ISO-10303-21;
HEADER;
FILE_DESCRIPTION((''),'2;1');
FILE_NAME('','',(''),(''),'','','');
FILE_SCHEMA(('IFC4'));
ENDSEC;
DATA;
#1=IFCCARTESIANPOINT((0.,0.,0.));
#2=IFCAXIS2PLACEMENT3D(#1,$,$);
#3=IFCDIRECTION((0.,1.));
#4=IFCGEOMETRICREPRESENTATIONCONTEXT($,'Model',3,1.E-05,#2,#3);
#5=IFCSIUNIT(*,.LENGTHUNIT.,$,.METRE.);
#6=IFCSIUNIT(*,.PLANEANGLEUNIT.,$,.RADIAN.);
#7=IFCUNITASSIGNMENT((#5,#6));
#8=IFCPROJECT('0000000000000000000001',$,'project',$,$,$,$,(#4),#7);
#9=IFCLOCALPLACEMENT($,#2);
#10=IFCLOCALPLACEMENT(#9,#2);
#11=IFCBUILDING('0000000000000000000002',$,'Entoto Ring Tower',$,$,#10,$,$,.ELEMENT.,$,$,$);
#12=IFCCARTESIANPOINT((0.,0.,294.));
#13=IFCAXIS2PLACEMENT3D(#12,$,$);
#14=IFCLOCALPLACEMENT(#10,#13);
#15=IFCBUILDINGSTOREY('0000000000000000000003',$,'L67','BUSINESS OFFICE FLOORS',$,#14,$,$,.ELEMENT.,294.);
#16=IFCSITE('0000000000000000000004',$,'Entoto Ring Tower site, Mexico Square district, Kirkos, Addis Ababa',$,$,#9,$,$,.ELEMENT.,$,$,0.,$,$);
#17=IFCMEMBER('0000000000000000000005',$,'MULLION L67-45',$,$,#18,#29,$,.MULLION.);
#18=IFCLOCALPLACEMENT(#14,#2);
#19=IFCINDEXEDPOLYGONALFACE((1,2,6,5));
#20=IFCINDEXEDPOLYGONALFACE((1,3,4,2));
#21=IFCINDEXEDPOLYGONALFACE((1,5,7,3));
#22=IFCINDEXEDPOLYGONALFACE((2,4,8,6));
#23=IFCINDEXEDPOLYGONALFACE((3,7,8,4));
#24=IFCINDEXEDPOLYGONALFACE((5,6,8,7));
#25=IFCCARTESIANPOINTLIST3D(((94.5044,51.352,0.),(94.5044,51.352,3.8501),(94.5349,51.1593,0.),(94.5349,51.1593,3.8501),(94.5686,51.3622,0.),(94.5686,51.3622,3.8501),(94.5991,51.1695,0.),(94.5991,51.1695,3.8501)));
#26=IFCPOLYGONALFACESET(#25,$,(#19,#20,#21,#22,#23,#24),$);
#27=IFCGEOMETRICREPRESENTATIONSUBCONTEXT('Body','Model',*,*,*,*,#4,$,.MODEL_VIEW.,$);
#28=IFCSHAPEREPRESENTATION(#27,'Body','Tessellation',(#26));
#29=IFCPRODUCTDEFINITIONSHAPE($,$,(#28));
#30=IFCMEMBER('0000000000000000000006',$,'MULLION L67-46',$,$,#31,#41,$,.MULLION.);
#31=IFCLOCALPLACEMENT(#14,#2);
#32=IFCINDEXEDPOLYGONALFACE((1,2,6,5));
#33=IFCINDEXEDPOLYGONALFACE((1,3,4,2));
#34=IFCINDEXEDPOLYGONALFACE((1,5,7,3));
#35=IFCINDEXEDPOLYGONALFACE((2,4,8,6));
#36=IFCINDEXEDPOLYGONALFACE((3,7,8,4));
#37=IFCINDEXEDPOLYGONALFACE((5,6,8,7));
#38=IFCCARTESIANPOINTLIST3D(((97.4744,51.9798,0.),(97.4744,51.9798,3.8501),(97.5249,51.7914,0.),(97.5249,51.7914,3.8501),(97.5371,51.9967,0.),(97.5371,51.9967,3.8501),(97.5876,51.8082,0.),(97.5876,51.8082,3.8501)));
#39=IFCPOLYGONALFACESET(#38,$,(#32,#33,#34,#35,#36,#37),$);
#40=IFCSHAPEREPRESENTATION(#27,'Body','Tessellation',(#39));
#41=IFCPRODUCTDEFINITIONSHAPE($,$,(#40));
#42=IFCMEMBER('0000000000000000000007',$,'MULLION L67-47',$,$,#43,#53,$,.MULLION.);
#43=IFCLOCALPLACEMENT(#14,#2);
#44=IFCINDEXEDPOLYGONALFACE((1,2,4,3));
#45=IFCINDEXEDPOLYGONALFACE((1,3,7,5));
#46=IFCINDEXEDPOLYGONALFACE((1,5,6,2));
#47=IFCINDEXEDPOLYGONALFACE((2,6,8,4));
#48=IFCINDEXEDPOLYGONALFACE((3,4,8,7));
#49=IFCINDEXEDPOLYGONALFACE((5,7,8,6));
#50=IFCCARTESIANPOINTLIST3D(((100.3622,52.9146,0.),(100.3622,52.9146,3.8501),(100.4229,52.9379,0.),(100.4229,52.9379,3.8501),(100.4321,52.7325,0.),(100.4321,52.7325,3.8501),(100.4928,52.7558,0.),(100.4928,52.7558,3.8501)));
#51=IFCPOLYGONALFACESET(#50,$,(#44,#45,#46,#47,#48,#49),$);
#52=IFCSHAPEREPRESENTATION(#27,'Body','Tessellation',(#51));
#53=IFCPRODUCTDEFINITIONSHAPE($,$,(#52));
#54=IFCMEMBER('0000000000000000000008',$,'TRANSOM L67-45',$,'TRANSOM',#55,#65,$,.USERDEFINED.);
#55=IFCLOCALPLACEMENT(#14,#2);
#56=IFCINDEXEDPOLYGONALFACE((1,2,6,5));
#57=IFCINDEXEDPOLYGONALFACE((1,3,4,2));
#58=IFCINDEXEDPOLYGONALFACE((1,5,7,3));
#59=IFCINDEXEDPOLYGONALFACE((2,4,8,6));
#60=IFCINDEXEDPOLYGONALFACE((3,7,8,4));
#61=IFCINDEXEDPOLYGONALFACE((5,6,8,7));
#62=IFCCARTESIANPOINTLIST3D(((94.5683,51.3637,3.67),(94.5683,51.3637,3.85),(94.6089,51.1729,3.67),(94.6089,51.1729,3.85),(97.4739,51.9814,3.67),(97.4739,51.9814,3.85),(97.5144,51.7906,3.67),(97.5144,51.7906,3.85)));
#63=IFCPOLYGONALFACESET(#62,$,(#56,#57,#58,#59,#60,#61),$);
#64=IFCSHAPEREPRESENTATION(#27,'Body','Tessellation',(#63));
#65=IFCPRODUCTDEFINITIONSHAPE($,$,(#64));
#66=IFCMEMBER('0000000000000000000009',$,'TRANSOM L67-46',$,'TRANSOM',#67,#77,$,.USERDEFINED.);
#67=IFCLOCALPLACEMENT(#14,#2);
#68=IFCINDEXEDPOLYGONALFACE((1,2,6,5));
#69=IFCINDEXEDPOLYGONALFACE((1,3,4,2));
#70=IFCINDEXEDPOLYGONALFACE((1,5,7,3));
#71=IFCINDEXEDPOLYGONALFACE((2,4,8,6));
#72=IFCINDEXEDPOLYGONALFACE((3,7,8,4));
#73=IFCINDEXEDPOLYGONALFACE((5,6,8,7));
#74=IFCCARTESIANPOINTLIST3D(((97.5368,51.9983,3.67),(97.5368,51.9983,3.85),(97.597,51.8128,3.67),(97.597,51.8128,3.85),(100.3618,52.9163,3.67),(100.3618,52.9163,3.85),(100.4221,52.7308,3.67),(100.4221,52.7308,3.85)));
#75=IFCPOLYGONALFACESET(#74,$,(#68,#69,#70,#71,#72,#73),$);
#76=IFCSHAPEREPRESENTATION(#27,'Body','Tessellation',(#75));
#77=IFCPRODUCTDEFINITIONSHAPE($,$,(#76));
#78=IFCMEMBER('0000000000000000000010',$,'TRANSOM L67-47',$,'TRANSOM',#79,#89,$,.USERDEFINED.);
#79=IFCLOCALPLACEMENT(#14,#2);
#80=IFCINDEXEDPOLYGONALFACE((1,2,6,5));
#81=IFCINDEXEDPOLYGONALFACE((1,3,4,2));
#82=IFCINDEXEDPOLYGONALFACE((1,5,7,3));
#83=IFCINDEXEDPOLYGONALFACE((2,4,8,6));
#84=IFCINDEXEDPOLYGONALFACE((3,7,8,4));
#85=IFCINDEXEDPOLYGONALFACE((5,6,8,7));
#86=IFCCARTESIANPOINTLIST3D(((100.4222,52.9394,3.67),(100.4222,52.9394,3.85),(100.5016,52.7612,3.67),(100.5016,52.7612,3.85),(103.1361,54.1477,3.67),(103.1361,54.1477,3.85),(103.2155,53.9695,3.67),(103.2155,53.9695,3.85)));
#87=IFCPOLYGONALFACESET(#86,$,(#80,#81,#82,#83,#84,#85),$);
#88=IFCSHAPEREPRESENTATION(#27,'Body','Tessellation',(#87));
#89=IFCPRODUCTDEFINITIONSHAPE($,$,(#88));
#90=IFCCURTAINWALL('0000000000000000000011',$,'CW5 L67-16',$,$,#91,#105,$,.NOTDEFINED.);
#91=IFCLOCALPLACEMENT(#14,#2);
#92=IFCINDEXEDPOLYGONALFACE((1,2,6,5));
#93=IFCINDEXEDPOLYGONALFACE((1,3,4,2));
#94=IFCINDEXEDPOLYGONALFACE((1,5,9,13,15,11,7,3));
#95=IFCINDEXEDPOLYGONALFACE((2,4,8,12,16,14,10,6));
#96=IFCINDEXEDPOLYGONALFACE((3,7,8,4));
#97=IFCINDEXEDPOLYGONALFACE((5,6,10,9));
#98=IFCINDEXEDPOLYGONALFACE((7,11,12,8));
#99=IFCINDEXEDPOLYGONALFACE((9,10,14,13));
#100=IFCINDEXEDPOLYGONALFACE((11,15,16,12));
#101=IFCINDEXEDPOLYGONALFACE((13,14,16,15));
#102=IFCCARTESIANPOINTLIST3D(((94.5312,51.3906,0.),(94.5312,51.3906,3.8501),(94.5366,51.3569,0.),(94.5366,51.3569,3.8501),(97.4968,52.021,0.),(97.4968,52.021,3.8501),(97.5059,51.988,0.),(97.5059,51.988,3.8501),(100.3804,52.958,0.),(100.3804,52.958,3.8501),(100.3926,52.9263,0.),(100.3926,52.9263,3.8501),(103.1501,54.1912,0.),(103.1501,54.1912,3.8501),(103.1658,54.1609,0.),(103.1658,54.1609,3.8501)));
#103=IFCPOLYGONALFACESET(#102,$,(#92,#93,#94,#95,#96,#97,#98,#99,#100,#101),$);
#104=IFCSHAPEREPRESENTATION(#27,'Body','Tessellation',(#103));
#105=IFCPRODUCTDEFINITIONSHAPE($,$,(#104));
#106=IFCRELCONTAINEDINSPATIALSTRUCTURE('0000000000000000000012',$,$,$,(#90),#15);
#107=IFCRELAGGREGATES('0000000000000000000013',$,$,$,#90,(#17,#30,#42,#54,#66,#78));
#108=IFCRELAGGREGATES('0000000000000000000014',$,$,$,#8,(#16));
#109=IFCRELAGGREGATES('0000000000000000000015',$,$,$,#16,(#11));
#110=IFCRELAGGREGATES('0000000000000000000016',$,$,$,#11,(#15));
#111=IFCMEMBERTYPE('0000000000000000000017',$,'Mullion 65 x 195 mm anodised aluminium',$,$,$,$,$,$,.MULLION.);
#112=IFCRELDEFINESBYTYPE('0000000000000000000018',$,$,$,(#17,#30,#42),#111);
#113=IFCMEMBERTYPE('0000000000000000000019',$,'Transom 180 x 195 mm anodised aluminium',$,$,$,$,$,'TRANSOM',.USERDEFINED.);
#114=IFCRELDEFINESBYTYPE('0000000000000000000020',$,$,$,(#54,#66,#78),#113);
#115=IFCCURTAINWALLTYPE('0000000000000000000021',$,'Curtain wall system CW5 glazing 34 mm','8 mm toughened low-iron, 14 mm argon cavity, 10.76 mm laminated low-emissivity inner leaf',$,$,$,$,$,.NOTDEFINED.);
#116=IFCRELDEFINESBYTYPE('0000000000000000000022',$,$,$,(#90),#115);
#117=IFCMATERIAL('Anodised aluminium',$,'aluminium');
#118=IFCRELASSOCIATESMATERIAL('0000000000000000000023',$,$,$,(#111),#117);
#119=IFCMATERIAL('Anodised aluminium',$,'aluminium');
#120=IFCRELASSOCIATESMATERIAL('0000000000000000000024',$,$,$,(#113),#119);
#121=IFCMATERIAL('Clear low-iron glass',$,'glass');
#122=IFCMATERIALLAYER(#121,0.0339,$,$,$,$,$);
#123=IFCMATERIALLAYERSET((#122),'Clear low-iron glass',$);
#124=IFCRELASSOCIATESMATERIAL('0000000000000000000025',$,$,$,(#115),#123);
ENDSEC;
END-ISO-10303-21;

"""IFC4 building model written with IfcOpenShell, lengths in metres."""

from ifc_helpers import new_model, si_unit, direction, frame, origin, origin_2d, place, context, subcontext, project, spatial, polyline, rectangle, outline, extrude, material, layer, layer_set, material_profile, profile_set, type_object, element, aggregate, save


model = new_model("IFC4")

# Units and contexts
model_context = context("Model", 3, precision=1e-05, world=origin(), true_north=direction((0.0, 1.0)))
body_context = subcontext(model_context, "Body", "Model", "MODEL_VIEW")
ifc_project = project(units=[si_unit("LENGTHUNIT", "METRE"), si_unit("PLANEANGLEUNIT", "RADIAN")], contexts=[model_context])

# Members
ifc_material_1 = material(Name="Anodised aluminium", Category="aluminium")
ifc_material_profile_1 = material_profile(ifc_material_1, rectangle(XDim=0.0649, YDim=0.1951, at=origin_2d()), Name="Mullion 65 x 195 mm anodised aluminium")
ifc_profile_set_1 = profile_set([ifc_material_profile_1], Name="Anodised aluminium")
member_type_1 = type_object("IfcMemberType", Name="Mullion 65 x 195 mm anodised aluminium", PredefinedType="MULLION", material=ifc_profile_set_1)
site_placement = place(None, origin())
building_placement = place(site_placement, origin())
storey_placement = place(building_placement, frame((0.0, 0.0, 294.0)))
member_1_placement = place(storey_placement, frame((94.5518, 51.2607, 0.0), z_axis=(0.0, 0.0, 1.0), x_axis=(0.987688, 0.156434, 0.0)))
member_1 = element("IfcMember", 1, at=member_1_placement, type_object=member_type_1, Name="MULLION L67-45", PredefinedType="MULLION", context=body_context, shape_type="SweptSolid", body=[
    extrude(rectangle(XDim=0.0649, YDim=0.1951, at=origin_2d()), origin(), (0.0, 0.0, 1.0), 3.8501),
])
member_2_placement = place(storey_placement, frame((97.531, 51.894, 0.0), z_axis=(0.0, 0.0, 1.0), x_axis=(0.965926, 0.258819, 0.0)))
member_2 = element("IfcMember", 2, at=member_2_placement, type_object=member_type_1, Name="MULLION L67-46", PredefinedType="MULLION", context=body_context, shape_type="SweptSolid", body=[
    extrude(rectangle(XDim=0.0649, YDim=0.1951, at=origin_2d()), origin(), (0.0, 0.0, 1.0), 3.8501),
])
member_3_placement = place(storey_placement, frame((100.4275, 52.8352, 0.0), z_axis=(0.0, 0.0, 1.0), x_axis=(0.93358, 0.358368, 0.0)))
member_3 = element("IfcMember", 3, at=member_3_placement, type_object=member_type_1, Name="MULLION L67-47", PredefinedType="MULLION", context=body_context, shape_type="SweptSolid", body=[
    extrude(rectangle(XDim=0.0649, YDim=0.1951, at=origin_2d()), origin(), (0.0, 0.0, 1.0), 3.8501),
])
ifc_material_2 = material(Name="Anodised aluminium", Category="aluminium")
ifc_material_profile_2 = material_profile(ifc_material_2, rectangle(XDim=0.1951, YDim=0.1799, at=origin_2d()), Name="Transom 180 x 195 mm anodised aluminium")
ifc_profile_set_2 = profile_set([ifc_material_profile_2], Name="Anodised aluminium")
member_type_2 = type_object("IfcMemberType", Name="Transom 180 x 195 mm anodised aluminium", ElementType="TRANSOM", PredefinedType="USERDEFINED", material=ifc_profile_set_2)
member_4_placement = place(storey_placement, frame((94.5886, 51.2683, 3.76), z_axis=(0.978142, 0.20794, 0.0), x_axis=(-0.20794, 0.978142, 0.0)))
member_4 = element("IfcMember", 4, at=member_4_placement, type_object=member_type_2, Name="TRANSOM L67-45", ObjectType="TRANSOM", PredefinedType="USERDEFINED", context=body_context, shape_type="SweptSolid", body=[
    extrude(rectangle(XDim=0.1951, YDim=0.1799, at=origin_2d()), origin(), (0.0, 0.0, 1.0), 2.9705),
])
member_5_placement = place(storey_placement, frame((97.5669, 51.9055, 3.76), z_axis=(0.951048, 0.309043, 0.0), x_axis=(-0.309043, 0.951048, 0.0)))
member_5 = element("IfcMember", 5, at=member_5_placement, type_object=member_type_2, Name="TRANSOM L67-46", ObjectType="TRANSOM", PredefinedType="USERDEFINED", context=body_context, shape_type="SweptSolid", body=[
    extrude(rectangle(XDim=0.1951, YDim=0.1799, at=origin_2d()), origin(), (0.0, 0.0, 1.0), 2.9705),
])
member_6_placement = place(storey_placement, frame((100.4619, 52.8503, 3.76), z_axis=(0.91355, 0.406726, 0.0), x_axis=(-0.406726, 0.91355, 0.0)))
member_6 = element("IfcMember", 6, at=member_6_placement, type_object=member_type_2, Name="TRANSOM L67-47", ObjectType="TRANSOM", PredefinedType="USERDEFINED", context=body_context, shape_type="SweptSolid", body=[
    extrude(rectangle(XDim=0.1951, YDim=0.1799, at=origin_2d()), origin(), (0.0, 0.0, 1.0), 2.9707),
])

# Site, building, storey
site = spatial("IfcSite", under=ifc_project, at=site_placement, Name="Entoto Ring Tower site, Mexico Square district, Kirkos, Addis Ababa", CompositionType="ELEMENT", RefElevation=0.0)
building = spatial("IfcBuilding", under=site, at=building_placement, Name="Entoto Ring Tower", CompositionType="ELEMENT")
storey = spatial("IfcBuildingStorey", under=building, at=storey_placement, Name="L67", Description="BUSINESS OFFICE FLOORS", CompositionType="ELEMENT", Elevation=294.0)

# Curtain wall
ifc_material_3 = material(Name="Clear low-iron glass", Category="glass")
ifc_layer_1 = layer(ifc_material_3, 0.0339)
ifc_layer_set_1 = layer_set([ifc_layer_1], Name="Clear low-iron glass")
curtain_wall_type = type_object("IfcCurtainWallType", Name="Curtain wall system CW5 glazing 34 mm", Description="8 mm toughened low-iron, 14 mm argon cavity, 10.76 mm laminated low-emissivity inner leaf", PredefinedType="NOTDEFINED", material=ifc_layer_set_1)
curtain_wall_1_placement = place(storey_placement, origin())
curtain_wall_1 = element("IfcCurtainWall", 7, at=curtain_wall_1_placement, inside=storey, type_object=curtain_wall_type, Name="CW5 L67-16", PredefinedType="NOTDEFINED", context=body_context, shape_type="SweptSolid", body=[
    extrude(outline(polyline([(94.5366, 51.3569), (97.5059, 51.988), (100.3926, 52.9263), (103.1658, 54.1609), (103.1501, 54.1912), (100.3804, 52.958), (97.4968, 52.021), (94.5312, 51.3906), (94.5366, 51.3569)])), origin(), (0.0, 0.0, 1.0), 3.8501),
])
aggregate(curtain_wall_1, [member_1, member_2, member_3, member_4, member_5, member_6])

save(model, "model.ifc")
